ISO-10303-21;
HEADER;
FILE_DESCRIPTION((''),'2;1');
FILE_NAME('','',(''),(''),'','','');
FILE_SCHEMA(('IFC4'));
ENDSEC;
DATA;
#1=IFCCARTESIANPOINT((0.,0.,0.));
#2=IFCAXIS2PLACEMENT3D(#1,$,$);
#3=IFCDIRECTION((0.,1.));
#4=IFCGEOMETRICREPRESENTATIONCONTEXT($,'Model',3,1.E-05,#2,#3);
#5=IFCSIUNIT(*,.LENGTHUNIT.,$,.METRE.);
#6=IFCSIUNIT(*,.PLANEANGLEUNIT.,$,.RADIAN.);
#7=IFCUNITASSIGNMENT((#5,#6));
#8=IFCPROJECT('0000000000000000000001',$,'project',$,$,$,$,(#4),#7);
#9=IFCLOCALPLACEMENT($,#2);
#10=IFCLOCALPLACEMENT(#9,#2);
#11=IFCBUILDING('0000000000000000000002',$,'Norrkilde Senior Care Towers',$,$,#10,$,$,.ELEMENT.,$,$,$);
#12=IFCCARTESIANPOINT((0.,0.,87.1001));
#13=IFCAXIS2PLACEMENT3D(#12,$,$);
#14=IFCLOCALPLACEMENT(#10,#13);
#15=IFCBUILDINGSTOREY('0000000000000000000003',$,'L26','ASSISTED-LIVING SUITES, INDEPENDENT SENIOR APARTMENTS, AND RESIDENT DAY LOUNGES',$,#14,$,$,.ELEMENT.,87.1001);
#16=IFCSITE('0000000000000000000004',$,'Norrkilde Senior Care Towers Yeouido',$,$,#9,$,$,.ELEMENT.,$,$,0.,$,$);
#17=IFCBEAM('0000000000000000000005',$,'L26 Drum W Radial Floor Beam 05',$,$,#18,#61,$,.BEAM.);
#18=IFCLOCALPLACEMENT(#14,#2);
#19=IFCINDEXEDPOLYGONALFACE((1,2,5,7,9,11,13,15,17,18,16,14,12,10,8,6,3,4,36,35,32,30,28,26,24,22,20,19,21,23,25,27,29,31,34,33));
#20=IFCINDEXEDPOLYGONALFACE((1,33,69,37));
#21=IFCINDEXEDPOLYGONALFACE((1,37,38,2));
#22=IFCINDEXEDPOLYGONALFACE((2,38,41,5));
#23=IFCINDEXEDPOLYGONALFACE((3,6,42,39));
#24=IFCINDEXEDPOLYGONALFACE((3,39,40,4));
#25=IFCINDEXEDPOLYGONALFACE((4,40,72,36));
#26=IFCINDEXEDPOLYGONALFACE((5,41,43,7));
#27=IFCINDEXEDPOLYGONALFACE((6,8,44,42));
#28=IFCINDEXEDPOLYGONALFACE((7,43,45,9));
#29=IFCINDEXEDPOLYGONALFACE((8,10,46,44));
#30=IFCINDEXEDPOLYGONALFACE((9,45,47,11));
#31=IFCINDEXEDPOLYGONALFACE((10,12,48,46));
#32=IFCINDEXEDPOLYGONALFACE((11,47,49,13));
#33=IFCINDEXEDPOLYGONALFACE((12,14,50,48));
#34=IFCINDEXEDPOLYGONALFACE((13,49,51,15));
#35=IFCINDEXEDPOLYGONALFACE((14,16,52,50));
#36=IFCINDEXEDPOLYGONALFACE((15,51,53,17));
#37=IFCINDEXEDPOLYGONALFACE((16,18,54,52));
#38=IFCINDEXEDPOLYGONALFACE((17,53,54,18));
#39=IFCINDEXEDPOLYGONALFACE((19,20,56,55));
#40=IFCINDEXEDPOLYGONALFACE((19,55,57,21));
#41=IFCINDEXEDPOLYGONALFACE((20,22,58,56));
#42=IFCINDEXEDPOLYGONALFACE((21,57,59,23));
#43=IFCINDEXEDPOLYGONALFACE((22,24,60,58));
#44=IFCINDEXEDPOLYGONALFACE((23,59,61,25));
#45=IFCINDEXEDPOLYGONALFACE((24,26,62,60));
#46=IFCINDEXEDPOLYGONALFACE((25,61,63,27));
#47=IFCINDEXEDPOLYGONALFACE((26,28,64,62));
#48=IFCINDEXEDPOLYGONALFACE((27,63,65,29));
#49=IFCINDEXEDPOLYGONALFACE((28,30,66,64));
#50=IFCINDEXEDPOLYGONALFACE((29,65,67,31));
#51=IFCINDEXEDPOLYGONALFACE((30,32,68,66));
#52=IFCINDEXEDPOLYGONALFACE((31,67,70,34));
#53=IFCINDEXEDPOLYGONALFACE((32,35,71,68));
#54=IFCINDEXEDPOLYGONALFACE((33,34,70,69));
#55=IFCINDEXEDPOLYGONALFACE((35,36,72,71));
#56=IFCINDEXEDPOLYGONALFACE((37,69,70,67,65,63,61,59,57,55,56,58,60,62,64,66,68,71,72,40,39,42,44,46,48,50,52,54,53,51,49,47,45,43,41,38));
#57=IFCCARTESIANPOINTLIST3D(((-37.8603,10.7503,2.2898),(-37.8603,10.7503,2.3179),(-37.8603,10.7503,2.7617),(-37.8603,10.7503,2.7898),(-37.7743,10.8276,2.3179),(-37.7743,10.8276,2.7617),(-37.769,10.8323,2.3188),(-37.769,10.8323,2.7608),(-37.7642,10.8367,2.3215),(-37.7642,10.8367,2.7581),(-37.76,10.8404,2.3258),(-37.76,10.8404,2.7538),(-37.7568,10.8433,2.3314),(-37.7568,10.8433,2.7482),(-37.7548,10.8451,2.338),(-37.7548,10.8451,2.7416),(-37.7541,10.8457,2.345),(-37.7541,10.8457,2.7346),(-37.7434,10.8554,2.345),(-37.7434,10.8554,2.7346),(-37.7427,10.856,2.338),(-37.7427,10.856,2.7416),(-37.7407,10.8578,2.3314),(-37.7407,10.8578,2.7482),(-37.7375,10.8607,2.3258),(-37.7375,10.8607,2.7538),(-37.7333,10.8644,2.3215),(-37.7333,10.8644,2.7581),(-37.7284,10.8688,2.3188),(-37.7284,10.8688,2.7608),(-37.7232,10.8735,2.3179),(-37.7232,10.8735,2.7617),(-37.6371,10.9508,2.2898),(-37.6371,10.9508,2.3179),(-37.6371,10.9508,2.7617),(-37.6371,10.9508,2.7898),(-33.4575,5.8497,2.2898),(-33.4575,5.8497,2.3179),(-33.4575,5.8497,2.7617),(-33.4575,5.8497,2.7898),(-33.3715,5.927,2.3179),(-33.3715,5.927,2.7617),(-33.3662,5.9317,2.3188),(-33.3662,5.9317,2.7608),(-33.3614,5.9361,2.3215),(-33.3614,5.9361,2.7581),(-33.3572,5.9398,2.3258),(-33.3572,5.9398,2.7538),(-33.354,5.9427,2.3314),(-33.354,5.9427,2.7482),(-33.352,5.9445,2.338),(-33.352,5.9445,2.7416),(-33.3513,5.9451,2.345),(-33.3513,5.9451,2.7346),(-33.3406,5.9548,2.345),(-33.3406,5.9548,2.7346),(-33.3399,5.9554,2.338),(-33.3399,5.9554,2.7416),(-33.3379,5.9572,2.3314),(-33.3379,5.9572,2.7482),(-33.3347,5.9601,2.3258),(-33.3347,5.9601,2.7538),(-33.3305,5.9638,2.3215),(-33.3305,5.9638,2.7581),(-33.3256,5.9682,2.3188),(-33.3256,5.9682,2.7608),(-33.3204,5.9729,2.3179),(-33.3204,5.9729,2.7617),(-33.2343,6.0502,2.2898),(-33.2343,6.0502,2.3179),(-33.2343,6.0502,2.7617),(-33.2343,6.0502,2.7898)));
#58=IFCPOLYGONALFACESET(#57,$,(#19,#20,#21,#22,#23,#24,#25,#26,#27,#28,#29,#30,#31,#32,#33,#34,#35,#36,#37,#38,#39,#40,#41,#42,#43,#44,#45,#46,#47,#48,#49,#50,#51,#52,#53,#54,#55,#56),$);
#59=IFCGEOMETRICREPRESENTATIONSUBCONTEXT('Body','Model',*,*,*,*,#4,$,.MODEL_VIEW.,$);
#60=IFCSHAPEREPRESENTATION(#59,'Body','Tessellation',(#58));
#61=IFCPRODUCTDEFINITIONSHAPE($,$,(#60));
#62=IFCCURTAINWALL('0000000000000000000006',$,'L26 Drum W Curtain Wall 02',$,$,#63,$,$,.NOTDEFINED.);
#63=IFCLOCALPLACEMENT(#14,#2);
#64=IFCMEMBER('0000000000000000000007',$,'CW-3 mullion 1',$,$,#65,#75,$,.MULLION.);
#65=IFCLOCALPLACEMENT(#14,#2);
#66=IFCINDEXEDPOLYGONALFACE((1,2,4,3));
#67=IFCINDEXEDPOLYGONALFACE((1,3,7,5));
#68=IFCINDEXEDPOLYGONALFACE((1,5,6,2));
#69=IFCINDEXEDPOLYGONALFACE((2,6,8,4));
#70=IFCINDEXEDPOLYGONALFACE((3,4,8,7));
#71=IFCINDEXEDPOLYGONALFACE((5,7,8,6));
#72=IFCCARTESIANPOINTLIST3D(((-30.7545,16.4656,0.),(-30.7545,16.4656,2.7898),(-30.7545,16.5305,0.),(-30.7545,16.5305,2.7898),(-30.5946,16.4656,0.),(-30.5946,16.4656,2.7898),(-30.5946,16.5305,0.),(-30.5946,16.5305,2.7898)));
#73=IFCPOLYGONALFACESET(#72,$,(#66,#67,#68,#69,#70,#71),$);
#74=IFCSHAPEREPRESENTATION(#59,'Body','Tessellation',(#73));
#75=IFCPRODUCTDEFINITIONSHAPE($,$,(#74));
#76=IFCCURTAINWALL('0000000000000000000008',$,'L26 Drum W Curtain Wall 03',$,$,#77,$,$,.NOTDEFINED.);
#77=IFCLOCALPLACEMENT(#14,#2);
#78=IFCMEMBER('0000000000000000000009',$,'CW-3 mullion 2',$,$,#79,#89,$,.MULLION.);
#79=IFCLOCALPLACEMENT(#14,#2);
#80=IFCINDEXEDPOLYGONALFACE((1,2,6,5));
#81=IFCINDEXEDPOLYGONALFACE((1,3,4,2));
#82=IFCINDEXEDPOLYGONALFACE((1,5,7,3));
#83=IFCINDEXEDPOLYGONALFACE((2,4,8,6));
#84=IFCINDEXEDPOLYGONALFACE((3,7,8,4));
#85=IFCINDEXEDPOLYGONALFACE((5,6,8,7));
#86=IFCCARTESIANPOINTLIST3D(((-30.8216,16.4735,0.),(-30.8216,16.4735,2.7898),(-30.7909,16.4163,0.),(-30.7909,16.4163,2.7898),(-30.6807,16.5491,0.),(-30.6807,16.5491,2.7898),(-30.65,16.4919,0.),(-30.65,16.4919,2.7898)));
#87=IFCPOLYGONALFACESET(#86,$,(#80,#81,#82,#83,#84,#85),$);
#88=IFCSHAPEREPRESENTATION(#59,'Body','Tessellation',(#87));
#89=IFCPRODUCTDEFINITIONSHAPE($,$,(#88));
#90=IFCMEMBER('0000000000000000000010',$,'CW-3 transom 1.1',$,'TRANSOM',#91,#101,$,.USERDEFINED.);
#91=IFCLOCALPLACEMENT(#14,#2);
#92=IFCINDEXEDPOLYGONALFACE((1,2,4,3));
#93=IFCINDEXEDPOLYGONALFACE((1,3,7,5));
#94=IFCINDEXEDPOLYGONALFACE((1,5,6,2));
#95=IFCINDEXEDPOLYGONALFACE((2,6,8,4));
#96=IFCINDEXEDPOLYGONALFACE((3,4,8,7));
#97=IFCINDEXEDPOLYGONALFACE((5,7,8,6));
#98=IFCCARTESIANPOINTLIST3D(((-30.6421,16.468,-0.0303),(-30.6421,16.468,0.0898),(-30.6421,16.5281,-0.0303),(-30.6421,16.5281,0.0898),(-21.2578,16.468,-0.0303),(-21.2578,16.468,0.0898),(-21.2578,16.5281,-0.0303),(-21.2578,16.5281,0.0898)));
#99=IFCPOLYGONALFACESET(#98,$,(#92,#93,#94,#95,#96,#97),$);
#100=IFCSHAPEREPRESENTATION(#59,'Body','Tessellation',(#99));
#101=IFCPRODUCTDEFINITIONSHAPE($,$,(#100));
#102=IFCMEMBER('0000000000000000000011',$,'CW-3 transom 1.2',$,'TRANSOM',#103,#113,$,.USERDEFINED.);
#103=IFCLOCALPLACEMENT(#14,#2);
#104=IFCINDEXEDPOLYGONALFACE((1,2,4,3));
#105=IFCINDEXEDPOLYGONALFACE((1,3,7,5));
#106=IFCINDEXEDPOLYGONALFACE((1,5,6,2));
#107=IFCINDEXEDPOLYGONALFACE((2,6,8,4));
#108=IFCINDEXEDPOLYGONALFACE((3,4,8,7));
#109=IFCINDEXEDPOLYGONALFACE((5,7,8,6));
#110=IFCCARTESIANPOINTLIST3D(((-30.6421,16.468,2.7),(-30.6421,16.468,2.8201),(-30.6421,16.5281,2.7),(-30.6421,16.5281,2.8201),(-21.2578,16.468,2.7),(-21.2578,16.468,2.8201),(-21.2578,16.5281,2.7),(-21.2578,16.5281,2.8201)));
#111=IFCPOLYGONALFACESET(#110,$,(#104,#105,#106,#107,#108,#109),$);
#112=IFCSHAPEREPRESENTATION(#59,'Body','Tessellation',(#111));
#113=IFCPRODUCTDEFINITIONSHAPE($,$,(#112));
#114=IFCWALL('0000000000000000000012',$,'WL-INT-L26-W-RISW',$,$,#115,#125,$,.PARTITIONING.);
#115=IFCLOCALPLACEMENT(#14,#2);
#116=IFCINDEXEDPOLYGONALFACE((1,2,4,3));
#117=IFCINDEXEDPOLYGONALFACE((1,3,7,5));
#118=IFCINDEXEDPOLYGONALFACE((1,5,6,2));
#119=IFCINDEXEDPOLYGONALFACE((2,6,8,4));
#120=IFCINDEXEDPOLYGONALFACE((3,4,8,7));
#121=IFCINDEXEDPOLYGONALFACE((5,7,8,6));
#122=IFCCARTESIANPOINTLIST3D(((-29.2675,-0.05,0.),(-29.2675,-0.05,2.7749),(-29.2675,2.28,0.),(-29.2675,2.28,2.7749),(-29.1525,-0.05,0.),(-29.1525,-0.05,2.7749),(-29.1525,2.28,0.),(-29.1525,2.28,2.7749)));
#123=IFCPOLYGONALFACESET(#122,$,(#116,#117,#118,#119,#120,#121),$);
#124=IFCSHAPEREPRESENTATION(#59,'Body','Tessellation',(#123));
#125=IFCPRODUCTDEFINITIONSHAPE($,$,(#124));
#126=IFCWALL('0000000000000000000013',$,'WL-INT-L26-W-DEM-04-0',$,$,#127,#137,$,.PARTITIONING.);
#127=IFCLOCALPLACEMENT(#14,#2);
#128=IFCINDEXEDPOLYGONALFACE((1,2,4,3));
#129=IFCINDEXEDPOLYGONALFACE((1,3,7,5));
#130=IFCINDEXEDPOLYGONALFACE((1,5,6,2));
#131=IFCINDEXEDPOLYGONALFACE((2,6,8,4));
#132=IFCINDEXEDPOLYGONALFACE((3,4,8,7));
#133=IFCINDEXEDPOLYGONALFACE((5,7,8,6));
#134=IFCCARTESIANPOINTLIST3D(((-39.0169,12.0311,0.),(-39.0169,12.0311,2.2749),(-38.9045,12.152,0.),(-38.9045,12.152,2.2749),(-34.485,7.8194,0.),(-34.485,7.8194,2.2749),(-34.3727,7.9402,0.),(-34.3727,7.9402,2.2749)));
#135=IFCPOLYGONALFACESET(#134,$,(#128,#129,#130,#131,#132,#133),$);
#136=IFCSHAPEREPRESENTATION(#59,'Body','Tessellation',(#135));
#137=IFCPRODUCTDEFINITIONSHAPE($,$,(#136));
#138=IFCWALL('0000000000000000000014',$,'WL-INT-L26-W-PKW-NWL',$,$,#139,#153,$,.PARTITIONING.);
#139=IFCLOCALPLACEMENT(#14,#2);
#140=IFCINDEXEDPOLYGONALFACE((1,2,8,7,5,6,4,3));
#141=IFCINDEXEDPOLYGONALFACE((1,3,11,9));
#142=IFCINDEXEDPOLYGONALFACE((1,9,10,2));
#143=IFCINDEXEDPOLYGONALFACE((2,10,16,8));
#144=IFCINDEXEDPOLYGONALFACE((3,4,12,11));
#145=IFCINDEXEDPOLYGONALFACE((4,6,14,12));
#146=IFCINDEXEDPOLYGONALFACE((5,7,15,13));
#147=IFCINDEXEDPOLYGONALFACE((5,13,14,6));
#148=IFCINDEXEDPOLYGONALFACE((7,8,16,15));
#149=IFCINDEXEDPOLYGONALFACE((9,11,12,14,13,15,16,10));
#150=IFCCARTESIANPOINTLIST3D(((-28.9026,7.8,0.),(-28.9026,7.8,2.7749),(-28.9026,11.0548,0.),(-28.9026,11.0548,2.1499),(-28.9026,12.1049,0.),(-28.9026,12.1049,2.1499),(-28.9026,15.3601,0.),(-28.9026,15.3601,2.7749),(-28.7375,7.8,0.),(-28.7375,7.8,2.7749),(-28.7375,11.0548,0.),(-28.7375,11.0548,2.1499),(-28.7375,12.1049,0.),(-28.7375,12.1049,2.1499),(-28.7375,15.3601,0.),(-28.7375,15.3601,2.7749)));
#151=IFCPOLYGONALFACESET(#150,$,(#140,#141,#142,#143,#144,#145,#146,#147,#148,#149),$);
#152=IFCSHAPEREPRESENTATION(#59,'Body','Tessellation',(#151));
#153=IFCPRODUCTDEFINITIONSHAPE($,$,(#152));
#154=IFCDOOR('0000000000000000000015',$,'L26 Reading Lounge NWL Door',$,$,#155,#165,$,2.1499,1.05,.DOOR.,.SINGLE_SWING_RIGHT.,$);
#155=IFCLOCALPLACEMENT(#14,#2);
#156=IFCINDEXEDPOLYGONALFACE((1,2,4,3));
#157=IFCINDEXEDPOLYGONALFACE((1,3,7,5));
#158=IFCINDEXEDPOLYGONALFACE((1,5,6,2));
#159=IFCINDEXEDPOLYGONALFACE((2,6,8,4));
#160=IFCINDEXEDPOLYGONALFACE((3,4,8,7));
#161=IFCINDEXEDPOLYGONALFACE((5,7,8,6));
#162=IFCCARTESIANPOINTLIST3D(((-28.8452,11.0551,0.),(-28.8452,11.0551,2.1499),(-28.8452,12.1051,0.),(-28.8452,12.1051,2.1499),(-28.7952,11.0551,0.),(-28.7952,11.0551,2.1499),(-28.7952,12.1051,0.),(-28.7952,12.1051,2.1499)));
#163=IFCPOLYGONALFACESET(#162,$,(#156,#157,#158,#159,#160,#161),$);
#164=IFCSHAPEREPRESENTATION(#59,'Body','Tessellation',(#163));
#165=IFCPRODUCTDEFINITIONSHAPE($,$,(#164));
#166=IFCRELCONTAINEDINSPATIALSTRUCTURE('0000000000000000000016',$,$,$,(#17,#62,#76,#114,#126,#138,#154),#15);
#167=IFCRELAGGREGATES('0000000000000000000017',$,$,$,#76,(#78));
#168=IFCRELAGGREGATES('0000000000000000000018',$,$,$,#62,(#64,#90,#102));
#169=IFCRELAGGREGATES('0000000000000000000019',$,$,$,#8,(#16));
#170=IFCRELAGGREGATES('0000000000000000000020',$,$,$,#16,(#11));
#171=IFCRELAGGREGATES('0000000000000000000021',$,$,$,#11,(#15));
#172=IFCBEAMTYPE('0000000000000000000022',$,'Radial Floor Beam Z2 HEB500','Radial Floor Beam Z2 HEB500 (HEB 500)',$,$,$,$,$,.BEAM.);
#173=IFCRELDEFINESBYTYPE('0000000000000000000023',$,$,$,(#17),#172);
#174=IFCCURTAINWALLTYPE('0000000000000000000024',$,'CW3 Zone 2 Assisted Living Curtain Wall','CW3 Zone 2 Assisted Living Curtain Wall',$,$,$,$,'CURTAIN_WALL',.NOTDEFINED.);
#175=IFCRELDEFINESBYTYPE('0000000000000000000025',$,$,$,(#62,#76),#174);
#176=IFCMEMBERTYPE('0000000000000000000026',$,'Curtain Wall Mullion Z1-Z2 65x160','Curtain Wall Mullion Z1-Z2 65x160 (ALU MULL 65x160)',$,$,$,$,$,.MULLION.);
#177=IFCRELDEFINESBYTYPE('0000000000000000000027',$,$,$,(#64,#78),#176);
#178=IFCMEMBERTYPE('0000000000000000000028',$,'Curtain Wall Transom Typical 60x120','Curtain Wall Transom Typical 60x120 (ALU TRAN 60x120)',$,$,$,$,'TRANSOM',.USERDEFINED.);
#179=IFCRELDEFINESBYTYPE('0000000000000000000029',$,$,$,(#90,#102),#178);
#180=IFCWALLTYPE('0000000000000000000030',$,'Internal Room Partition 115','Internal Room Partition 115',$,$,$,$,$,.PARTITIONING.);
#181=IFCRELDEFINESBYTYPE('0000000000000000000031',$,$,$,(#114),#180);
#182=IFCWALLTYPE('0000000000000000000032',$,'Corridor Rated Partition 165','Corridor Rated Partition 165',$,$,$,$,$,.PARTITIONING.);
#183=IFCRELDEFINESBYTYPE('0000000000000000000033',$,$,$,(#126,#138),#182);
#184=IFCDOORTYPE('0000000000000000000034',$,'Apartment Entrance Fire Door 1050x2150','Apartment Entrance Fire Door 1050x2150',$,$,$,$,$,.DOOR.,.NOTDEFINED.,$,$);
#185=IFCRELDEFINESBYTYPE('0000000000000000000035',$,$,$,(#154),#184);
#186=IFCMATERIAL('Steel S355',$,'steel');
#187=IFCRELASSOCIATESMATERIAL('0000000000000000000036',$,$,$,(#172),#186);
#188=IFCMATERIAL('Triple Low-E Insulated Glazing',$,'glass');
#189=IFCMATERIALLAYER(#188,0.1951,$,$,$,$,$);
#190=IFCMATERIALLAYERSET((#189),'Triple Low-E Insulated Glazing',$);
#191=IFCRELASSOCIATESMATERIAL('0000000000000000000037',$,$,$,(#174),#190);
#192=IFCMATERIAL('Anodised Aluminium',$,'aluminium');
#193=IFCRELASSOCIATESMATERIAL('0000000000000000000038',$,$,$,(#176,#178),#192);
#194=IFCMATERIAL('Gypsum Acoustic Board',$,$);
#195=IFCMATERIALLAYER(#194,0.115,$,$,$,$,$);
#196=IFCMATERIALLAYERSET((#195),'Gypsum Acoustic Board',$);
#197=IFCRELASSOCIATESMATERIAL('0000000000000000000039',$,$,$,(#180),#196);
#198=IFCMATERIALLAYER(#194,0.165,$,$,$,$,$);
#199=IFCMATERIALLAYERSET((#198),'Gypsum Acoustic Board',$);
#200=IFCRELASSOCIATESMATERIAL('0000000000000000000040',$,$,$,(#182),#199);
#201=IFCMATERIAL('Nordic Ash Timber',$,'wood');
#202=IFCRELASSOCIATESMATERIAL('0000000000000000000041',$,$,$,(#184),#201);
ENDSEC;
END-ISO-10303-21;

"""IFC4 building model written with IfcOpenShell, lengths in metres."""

from ifc_helpers import new_model, si_unit, direction, frame, frame_2d, origin, origin_2d, place, context, subcontext, project, spatial, rectangle, i_section, extrude, source, transform, mapped, material, layer, layer_set, material_profile, profile_set, type_object, type_shapes, element, fill, aggregate, save


model = new_model("IFC4")

# Units and contexts
model_context = context("Model", 3, precision=1e-05, world=origin(), true_north=direction((0.0, 1.0)))
body_context = subcontext(model_context, "Body", "Model", "MODEL_VIEW")
ifc_project = project(units=[si_unit("LENGTHUNIT", "METRE"), si_unit("PLANEANGLEUNIT", "RADIAN")], contexts=[model_context])

# Site, building, storey
site_placement = place(None, origin())
site = spatial("IfcSite", under=ifc_project, at=site_placement, Name="Norrkilde Senior Care Towers Yeouido", CompositionType="ELEMENT", RefElevation=0.0)
building_placement = place(site_placement, origin())
building = spatial("IfcBuilding", under=site, at=building_placement, Name="Norrkilde Senior Care Towers", CompositionType="ELEMENT")
storey_placement = place(building_placement, frame((0.0, 0.0, 87.1001)))
storey = spatial("IfcBuildingStorey", under=building, at=storey_placement, Name="L26", Description="ASSISTED-LIVING SUITES, INDEPENDENT SENIOR APARTMENTS, AND RESIDENT DAY LOUNGES", CompositionType="ELEMENT", Elevation=87.1001)

# Beam
ifc_material_1 = material(Name="Steel S355", Category="steel")
ifc_material_profile_1 = material_profile(ifc_material_1, i_section(OverallWidth=0.3, OverallDepth=0.5, WebThickness=0.0144, FlangeThickness=0.0281, FilletRadius=0.0271, at=origin_2d()), Name="HEB 500")
ifc_profile_set_1 = profile_set([ifc_material_profile_1], Name="Steel S355")
beam_type_1 = type_object("IfcBeamType", Name="Radial Floor Beam Z2 HEB500", Description="Radial Floor Beam Z2 HEB500 (HEB 500)", PredefinedType="BEAM", material=ifc_profile_set_1)
shared_shape_1 = source(origin(), body_context, "Body", "SweptSolid", [
    extrude(i_section(OverallWidth=0.3, OverallDepth=0.5, WebThickness=0.0144, FlangeThickness=0.0281, FilletRadius=0.0271, at=origin_2d()), origin(), (0.0, 0.0, 1.0), 6.5879),
])
beam_1_placement = place(storey_placement, frame((-33.3459, 5.95, 2.5398), z_axis=(-0.668315, 0.743878, 0.0), x_axis=(-0.743878, -0.668315, 0.0)))
element("IfcBeam", 1, at=beam_1_placement, inside=storey, type_object=beam_type_1, Name="L26 Drum W Radial Floor Beam 05", PredefinedType="BEAM", context=body_context, shape_type="MappedRepresentation", body=[
    mapped(shared_shape_1, transform((0.0, 0.0, 0.0), x_axis=(1.0, 0.0, 0.0), y_axis=(0.0, 1.0, 0.0), z_axis=(0.0, 0.0, 1.0), scale=1.0)),
])

# Curtain walls, members
ifc_material_2 = material(Name="Triple Low-E Insulated Glazing", Category="glass")
ifc_layer_1 = layer(ifc_material_2, 0.1951)
ifc_layer_set_1 = layer_set([ifc_layer_1], Name="Triple Low-E Insulated Glazing")
curtain_wall_type = type_object("IfcCurtainWallType", Name="CW3 Zone 2 Assisted Living Curtain Wall", Description="CW3 Zone 2 Assisted Living Curtain Wall", ElementType="CURTAIN_WALL", PredefinedType="NOTDEFINED", material=ifc_layer_set_1)
curtain_wall_1_placement = place(storey_placement, origin())
curtain_wall_1 = element("IfcCurtainWall", 2, at=curtain_wall_1_placement, inside=storey, type_object=curtain_wall_type, Name="L26 Drum W Curtain Wall 02", PredefinedType="NOTDEFINED")
ifc_material_3 = material(Name="Anodised Aluminium", Category="aluminium")
ifc_material_profile_2 = material_profile(ifc_material_3, rectangle(XDim=0.0649, YDim=0.1599, at=origin_2d()), Name="ALU MULL 65x160")
ifc_profile_set_2 = profile_set([ifc_material_profile_2], Name="Anodised Aluminium")
member_type_1 = type_object("IfcMemberType", Name="Curtain Wall Mullion Z1-Z2 65x160", Description="Curtain Wall Mullion Z1-Z2 65x160 (ALU MULL 65x160)", PredefinedType="MULLION", material=ifc_profile_set_2)
shared_shape_2 = source(origin(), body_context, "Body", "SweptSolid", [
    extrude(rectangle(XDim=0.0649, YDim=0.1599, at=origin_2d()), origin(), (0.0, 0.0, 1.0), 2.7898),
])
type_shapes(member_type_1, [shared_shape_2])
member_1_placement = place(storey_placement, frame((-30.6746, 16.498, 0.0), z_axis=(0.0, 0.0, 1.0), x_axis=(0.0, 1.0, 0.0)))
member_1 = element("IfcMember", 3, at=member_1_placement, type_object=member_type_1, Name="CW-3 mullion 1", PredefinedType="MULLION", context=body_context, shape_type="MappedRepresentation", body=[
    mapped(shared_shape_2, transform((0.0, 0.0, 0.0), x_axis=(1.0, 0.0, 0.0), y_axis=(0.0, 1.0, 0.0), z_axis=(0.0, 0.0, 1.0), scale=1.0)),
])
curtain_wall_2_placement = place(storey_placement, origin())
curtain_wall_2 = element("IfcCurtainWall", 4, at=curtain_wall_2_placement, inside=storey, type_object=curtain_wall_type, Name="L26 Drum W Curtain Wall 03", PredefinedType="NOTDEFINED")
member_2_placement = place(storey_placement, frame((-30.7358, 16.4827, 0.0), z_axis=(0.0, 0.0, 1.0), x_axis=(-0.472769, 0.881186, 0.0)))
member_2 = element("IfcMember", 5, at=member_2_placement, type_object=member_type_1, Name="CW-3 mullion 2", PredefinedType="MULLION", context=body_context, shape_type="MappedRepresentation", body=[
    mapped(shared_shape_2, transform((0.0, 0.0, 0.0), x_axis=(1.0, 0.0, 0.0), y_axis=(0.0, 1.0, 0.0), z_axis=(0.0, 0.0, 1.0), scale=1.0)),
])
aggregate(curtain_wall_2, [member_2])

# Members
ifc_material_profile_3 = material_profile(ifc_material_3, rectangle(XDim=0.0601, YDim=0.1201, at=origin_2d()), Name="ALU TRAN 60x120")
ifc_profile_set_3 = profile_set([ifc_material_profile_3], Name="Anodised Aluminium")
member_type_2 = type_object("IfcMemberType", Name="Curtain Wall Transom Typical 60x120", Description="Curtain Wall Transom Typical 60x120 (ALU TRAN 60x120)", ElementType="TRANSOM", PredefinedType="USERDEFINED", material=ifc_profile_set_3)
shared_shape_3 = source(origin(), body_context, "Body", "SweptSolid", [
    extrude(rectangle(XDim=0.0601, YDim=0.1201, at=origin_2d()), origin(), (0.0, 0.0, 1.0), 9.3843),
])
type_shapes(member_type_2, [shared_shape_3])
member_3_placement = place(storey_placement, frame((-30.6421, 16.498, 0.0298), z_axis=(1.0, 0.0, 0.0), x_axis=(0.0, 1.0, 0.0)))
member_3 = element("IfcMember", 6, at=member_3_placement, type_object=member_type_2, Name="CW-3 transom 1.1", ObjectType="TRANSOM", PredefinedType="USERDEFINED", context=body_context, shape_type="MappedRepresentation", body=[
    mapped(shared_shape_3, transform((0.0, 0.0, 0.0), x_axis=(1.0, 0.0, 0.0), y_axis=(0.0, 1.0, 0.0), z_axis=(0.0, 0.0, 1.0), scale=1.0)),
])
member_4_placement = place(storey_placement, frame((-30.6421, 16.498, 2.76), z_axis=(1.0, 0.0, 0.0), x_axis=(0.0, 1.0, 0.0)))
member_4 = element("IfcMember", 7, at=member_4_placement, type_object=member_type_2, Name="CW-3 transom 1.2", ObjectType="TRANSOM", PredefinedType="USERDEFINED", context=body_context, shape_type="MappedRepresentation", body=[
    mapped(shared_shape_3, transform((0.0, 0.0, 0.0), x_axis=(1.0, 0.0, 0.0), y_axis=(0.0, 1.0, 0.0), z_axis=(0.0, 0.0, 1.0), scale=1.0)),
])
aggregate(curtain_wall_1, [member_1, member_3, member_4])

# Walls
ifc_material_4 = material(Name="Gypsum Acoustic Board")
ifc_layer_2 = layer(ifc_material_4, 0.115)
ifc_layer_set_2 = layer_set([ifc_layer_2], Name="Gypsum Acoustic Board")
wall_type_1 = type_object("IfcWallType", Name="Internal Room Partition 115", Description="Internal Room Partition 115", PredefinedType="PARTITIONING", material=ifc_layer_set_2)
shared_shape_4 = source(origin(), body_context, "Body", "SweptSolid", [
    extrude(rectangle(XDim=2.3301, YDim=0.115, at=frame_2d((1.165, 0.0))), origin(), (0.0, 0.0, 1.0), 2.7749),
])
type_shapes(wall_type_1, [shared_shape_4])
wall_1_placement = place(storey_placement, frame((-29.21, -0.05, 0.0), z_axis=(0.0, 0.0, 1.0), x_axis=(0.0, 1.0, 0.0)))
element("IfcWall", 8, at=wall_1_placement, inside=storey, type_object=wall_type_1, Name="WL-INT-L26-W-RISW", PredefinedType="PARTITIONING", context=body_context, shape_type="MappedRepresentation", body=[
    mapped(shared_shape_4, transform((0.0, 0.0, 0.0), x_axis=(1.0, 0.0, 0.0), y_axis=(0.0, 1.0, 0.0), z_axis=(0.0, 0.0, 1.0), scale=1.0)),
])
ifc_layer_3 = layer(ifc_material_4, 0.165)
ifc_layer_set_3 = layer_set([ifc_layer_3], Name="Gypsum Acoustic Board")
wall_type_2 = type_object("IfcWallType", Name="Corridor Rated Partition 165", Description="Corridor Rated Partition 165", PredefinedType="PARTITIONING", material=ifc_layer_set_3)
shared_shape_5 = source(origin(), body_context, "Body", "SweptSolid", [
    extrude(rectangle(XDim=6.1868, YDim=0.165, at=frame_2d((3.0933, 0.0))), origin(), (0.0, 0.0, 1.0), 2.2749),
])
wall_2_placement = place(storey_placement, frame((-34.429, 7.8799, 0.0), z_axis=(0.0, 0.0, 1.0), x_axis=(-0.732501, 0.680766, 0.0)))
element("IfcWall", 9, at=wall_2_placement, inside=storey, type_object=wall_type_2, Name="WL-INT-L26-W-DEM-04-0", PredefinedType="PARTITIONING", context=body_context, shape_type="MappedRepresentation", body=[
    mapped(shared_shape_5, transform((0.0, 0.0, 0.0), x_axis=(1.0, 0.0, 0.0), y_axis=(0.0, 1.0, 0.0), z_axis=(0.0, 0.0, 1.0), scale=1.0)),
])

# Wall, opening, door
shared_shape_6 = source(origin(), body_context, "Body", "SweptSolid", [
    extrude(rectangle(XDim=7.5601, YDim=0.165, at=frame_2d((3.78, 0.0))), origin(), (0.0, 0.0, 1.0), 2.7749),
])
wall_3_placement = place(storey_placement, frame((-28.8201, 7.8, 0.0), z_axis=(0.0, 0.0, 1.0), x_axis=(0.0, 1.0, 0.0)))
wall_3 = element("IfcWall", 10, at=wall_3_placement, inside=storey, type_object=wall_type_2, Name="WL-INT-L26-W-PKW-NWL", PredefinedType="PARTITIONING", context=body_context, shape_type="MappedRepresentation", body=[
    mapped(shared_shape_6, transform((0.0, 0.0, 0.0), x_axis=(1.0, 0.0, 0.0), y_axis=(0.0, 1.0, 0.0), z_axis=(0.0, 0.0, 1.0), scale=1.0)),
])
opening_1_placement = place(wall_3_placement, frame((3.2549, 0.0, 0.0)))
opening_1 = element("IfcOpeningElement", 11, at=opening_1_placement, cuts=wall_3, PredefinedType="OPENING", context=body_context, shape_type="SweptSolid", body=[
    extrude(rectangle(XDim=1.05, YDim=2.1499, at=frame_2d((0.5249, 1.075))), frame((0.0, 0.0925, 0.0), z_axis=(0.0, -1.0, 0.0), x_axis=(1.0, 0.0, 0.0)), (0.0, 0.0, 1.0), 0.1851),
])
ifc_material_5 = material(Name="Nordic Ash Timber", Category="wood")
door_type_1 = type_object("IfcDoorType", Name="Apartment Entrance Fire Door 1050x2150", Description="Apartment Entrance Fire Door 1050x2150", OperationType="NOTDEFINED", PredefinedType="DOOR", material=ifc_material_5)
shared_shape_7 = source(origin(), body_context, "Body", "SweptSolid", [
    extrude(rectangle(XDim=1.05, YDim=2.1499, at=frame_2d((0.5249, 1.075))), frame((0.0, 0.0249, 0.0), z_axis=(0.0, -1.0, 0.0), x_axis=(1.0, 0.0, 0.0)), (0.0, 0.0, 1.0), 0.05),
])
type_shapes(door_type_1, [shared_shape_7])
door_1_placement = place(opening_1_placement, frame((1.05, 0.0, 0.0), z_axis=(0.0, 0.0, 1.0), x_axis=(-1.0, 0.0, 0.0)))
door_1 = element("IfcDoor", 12, at=door_1_placement, inside=storey, type_object=door_type_1, Name="L26 Reading Lounge NWL Door", OperationType="SINGLE_SWING_RIGHT", OverallHeight=2.1499, OverallWidth=1.05, PredefinedType="DOOR", context=body_context, shape_type="MappedRepresentation", body=[
    mapped(shared_shape_7, transform((0.0, 0.0, 0.0), x_axis=(1.0, 0.0, 0.0), y_axis=(0.0, 1.0, 0.0), z_axis=(0.0, 0.0, 1.0), scale=1.0)),
])
fill(opening_1, door_1)

save(model, "model.ifc")
